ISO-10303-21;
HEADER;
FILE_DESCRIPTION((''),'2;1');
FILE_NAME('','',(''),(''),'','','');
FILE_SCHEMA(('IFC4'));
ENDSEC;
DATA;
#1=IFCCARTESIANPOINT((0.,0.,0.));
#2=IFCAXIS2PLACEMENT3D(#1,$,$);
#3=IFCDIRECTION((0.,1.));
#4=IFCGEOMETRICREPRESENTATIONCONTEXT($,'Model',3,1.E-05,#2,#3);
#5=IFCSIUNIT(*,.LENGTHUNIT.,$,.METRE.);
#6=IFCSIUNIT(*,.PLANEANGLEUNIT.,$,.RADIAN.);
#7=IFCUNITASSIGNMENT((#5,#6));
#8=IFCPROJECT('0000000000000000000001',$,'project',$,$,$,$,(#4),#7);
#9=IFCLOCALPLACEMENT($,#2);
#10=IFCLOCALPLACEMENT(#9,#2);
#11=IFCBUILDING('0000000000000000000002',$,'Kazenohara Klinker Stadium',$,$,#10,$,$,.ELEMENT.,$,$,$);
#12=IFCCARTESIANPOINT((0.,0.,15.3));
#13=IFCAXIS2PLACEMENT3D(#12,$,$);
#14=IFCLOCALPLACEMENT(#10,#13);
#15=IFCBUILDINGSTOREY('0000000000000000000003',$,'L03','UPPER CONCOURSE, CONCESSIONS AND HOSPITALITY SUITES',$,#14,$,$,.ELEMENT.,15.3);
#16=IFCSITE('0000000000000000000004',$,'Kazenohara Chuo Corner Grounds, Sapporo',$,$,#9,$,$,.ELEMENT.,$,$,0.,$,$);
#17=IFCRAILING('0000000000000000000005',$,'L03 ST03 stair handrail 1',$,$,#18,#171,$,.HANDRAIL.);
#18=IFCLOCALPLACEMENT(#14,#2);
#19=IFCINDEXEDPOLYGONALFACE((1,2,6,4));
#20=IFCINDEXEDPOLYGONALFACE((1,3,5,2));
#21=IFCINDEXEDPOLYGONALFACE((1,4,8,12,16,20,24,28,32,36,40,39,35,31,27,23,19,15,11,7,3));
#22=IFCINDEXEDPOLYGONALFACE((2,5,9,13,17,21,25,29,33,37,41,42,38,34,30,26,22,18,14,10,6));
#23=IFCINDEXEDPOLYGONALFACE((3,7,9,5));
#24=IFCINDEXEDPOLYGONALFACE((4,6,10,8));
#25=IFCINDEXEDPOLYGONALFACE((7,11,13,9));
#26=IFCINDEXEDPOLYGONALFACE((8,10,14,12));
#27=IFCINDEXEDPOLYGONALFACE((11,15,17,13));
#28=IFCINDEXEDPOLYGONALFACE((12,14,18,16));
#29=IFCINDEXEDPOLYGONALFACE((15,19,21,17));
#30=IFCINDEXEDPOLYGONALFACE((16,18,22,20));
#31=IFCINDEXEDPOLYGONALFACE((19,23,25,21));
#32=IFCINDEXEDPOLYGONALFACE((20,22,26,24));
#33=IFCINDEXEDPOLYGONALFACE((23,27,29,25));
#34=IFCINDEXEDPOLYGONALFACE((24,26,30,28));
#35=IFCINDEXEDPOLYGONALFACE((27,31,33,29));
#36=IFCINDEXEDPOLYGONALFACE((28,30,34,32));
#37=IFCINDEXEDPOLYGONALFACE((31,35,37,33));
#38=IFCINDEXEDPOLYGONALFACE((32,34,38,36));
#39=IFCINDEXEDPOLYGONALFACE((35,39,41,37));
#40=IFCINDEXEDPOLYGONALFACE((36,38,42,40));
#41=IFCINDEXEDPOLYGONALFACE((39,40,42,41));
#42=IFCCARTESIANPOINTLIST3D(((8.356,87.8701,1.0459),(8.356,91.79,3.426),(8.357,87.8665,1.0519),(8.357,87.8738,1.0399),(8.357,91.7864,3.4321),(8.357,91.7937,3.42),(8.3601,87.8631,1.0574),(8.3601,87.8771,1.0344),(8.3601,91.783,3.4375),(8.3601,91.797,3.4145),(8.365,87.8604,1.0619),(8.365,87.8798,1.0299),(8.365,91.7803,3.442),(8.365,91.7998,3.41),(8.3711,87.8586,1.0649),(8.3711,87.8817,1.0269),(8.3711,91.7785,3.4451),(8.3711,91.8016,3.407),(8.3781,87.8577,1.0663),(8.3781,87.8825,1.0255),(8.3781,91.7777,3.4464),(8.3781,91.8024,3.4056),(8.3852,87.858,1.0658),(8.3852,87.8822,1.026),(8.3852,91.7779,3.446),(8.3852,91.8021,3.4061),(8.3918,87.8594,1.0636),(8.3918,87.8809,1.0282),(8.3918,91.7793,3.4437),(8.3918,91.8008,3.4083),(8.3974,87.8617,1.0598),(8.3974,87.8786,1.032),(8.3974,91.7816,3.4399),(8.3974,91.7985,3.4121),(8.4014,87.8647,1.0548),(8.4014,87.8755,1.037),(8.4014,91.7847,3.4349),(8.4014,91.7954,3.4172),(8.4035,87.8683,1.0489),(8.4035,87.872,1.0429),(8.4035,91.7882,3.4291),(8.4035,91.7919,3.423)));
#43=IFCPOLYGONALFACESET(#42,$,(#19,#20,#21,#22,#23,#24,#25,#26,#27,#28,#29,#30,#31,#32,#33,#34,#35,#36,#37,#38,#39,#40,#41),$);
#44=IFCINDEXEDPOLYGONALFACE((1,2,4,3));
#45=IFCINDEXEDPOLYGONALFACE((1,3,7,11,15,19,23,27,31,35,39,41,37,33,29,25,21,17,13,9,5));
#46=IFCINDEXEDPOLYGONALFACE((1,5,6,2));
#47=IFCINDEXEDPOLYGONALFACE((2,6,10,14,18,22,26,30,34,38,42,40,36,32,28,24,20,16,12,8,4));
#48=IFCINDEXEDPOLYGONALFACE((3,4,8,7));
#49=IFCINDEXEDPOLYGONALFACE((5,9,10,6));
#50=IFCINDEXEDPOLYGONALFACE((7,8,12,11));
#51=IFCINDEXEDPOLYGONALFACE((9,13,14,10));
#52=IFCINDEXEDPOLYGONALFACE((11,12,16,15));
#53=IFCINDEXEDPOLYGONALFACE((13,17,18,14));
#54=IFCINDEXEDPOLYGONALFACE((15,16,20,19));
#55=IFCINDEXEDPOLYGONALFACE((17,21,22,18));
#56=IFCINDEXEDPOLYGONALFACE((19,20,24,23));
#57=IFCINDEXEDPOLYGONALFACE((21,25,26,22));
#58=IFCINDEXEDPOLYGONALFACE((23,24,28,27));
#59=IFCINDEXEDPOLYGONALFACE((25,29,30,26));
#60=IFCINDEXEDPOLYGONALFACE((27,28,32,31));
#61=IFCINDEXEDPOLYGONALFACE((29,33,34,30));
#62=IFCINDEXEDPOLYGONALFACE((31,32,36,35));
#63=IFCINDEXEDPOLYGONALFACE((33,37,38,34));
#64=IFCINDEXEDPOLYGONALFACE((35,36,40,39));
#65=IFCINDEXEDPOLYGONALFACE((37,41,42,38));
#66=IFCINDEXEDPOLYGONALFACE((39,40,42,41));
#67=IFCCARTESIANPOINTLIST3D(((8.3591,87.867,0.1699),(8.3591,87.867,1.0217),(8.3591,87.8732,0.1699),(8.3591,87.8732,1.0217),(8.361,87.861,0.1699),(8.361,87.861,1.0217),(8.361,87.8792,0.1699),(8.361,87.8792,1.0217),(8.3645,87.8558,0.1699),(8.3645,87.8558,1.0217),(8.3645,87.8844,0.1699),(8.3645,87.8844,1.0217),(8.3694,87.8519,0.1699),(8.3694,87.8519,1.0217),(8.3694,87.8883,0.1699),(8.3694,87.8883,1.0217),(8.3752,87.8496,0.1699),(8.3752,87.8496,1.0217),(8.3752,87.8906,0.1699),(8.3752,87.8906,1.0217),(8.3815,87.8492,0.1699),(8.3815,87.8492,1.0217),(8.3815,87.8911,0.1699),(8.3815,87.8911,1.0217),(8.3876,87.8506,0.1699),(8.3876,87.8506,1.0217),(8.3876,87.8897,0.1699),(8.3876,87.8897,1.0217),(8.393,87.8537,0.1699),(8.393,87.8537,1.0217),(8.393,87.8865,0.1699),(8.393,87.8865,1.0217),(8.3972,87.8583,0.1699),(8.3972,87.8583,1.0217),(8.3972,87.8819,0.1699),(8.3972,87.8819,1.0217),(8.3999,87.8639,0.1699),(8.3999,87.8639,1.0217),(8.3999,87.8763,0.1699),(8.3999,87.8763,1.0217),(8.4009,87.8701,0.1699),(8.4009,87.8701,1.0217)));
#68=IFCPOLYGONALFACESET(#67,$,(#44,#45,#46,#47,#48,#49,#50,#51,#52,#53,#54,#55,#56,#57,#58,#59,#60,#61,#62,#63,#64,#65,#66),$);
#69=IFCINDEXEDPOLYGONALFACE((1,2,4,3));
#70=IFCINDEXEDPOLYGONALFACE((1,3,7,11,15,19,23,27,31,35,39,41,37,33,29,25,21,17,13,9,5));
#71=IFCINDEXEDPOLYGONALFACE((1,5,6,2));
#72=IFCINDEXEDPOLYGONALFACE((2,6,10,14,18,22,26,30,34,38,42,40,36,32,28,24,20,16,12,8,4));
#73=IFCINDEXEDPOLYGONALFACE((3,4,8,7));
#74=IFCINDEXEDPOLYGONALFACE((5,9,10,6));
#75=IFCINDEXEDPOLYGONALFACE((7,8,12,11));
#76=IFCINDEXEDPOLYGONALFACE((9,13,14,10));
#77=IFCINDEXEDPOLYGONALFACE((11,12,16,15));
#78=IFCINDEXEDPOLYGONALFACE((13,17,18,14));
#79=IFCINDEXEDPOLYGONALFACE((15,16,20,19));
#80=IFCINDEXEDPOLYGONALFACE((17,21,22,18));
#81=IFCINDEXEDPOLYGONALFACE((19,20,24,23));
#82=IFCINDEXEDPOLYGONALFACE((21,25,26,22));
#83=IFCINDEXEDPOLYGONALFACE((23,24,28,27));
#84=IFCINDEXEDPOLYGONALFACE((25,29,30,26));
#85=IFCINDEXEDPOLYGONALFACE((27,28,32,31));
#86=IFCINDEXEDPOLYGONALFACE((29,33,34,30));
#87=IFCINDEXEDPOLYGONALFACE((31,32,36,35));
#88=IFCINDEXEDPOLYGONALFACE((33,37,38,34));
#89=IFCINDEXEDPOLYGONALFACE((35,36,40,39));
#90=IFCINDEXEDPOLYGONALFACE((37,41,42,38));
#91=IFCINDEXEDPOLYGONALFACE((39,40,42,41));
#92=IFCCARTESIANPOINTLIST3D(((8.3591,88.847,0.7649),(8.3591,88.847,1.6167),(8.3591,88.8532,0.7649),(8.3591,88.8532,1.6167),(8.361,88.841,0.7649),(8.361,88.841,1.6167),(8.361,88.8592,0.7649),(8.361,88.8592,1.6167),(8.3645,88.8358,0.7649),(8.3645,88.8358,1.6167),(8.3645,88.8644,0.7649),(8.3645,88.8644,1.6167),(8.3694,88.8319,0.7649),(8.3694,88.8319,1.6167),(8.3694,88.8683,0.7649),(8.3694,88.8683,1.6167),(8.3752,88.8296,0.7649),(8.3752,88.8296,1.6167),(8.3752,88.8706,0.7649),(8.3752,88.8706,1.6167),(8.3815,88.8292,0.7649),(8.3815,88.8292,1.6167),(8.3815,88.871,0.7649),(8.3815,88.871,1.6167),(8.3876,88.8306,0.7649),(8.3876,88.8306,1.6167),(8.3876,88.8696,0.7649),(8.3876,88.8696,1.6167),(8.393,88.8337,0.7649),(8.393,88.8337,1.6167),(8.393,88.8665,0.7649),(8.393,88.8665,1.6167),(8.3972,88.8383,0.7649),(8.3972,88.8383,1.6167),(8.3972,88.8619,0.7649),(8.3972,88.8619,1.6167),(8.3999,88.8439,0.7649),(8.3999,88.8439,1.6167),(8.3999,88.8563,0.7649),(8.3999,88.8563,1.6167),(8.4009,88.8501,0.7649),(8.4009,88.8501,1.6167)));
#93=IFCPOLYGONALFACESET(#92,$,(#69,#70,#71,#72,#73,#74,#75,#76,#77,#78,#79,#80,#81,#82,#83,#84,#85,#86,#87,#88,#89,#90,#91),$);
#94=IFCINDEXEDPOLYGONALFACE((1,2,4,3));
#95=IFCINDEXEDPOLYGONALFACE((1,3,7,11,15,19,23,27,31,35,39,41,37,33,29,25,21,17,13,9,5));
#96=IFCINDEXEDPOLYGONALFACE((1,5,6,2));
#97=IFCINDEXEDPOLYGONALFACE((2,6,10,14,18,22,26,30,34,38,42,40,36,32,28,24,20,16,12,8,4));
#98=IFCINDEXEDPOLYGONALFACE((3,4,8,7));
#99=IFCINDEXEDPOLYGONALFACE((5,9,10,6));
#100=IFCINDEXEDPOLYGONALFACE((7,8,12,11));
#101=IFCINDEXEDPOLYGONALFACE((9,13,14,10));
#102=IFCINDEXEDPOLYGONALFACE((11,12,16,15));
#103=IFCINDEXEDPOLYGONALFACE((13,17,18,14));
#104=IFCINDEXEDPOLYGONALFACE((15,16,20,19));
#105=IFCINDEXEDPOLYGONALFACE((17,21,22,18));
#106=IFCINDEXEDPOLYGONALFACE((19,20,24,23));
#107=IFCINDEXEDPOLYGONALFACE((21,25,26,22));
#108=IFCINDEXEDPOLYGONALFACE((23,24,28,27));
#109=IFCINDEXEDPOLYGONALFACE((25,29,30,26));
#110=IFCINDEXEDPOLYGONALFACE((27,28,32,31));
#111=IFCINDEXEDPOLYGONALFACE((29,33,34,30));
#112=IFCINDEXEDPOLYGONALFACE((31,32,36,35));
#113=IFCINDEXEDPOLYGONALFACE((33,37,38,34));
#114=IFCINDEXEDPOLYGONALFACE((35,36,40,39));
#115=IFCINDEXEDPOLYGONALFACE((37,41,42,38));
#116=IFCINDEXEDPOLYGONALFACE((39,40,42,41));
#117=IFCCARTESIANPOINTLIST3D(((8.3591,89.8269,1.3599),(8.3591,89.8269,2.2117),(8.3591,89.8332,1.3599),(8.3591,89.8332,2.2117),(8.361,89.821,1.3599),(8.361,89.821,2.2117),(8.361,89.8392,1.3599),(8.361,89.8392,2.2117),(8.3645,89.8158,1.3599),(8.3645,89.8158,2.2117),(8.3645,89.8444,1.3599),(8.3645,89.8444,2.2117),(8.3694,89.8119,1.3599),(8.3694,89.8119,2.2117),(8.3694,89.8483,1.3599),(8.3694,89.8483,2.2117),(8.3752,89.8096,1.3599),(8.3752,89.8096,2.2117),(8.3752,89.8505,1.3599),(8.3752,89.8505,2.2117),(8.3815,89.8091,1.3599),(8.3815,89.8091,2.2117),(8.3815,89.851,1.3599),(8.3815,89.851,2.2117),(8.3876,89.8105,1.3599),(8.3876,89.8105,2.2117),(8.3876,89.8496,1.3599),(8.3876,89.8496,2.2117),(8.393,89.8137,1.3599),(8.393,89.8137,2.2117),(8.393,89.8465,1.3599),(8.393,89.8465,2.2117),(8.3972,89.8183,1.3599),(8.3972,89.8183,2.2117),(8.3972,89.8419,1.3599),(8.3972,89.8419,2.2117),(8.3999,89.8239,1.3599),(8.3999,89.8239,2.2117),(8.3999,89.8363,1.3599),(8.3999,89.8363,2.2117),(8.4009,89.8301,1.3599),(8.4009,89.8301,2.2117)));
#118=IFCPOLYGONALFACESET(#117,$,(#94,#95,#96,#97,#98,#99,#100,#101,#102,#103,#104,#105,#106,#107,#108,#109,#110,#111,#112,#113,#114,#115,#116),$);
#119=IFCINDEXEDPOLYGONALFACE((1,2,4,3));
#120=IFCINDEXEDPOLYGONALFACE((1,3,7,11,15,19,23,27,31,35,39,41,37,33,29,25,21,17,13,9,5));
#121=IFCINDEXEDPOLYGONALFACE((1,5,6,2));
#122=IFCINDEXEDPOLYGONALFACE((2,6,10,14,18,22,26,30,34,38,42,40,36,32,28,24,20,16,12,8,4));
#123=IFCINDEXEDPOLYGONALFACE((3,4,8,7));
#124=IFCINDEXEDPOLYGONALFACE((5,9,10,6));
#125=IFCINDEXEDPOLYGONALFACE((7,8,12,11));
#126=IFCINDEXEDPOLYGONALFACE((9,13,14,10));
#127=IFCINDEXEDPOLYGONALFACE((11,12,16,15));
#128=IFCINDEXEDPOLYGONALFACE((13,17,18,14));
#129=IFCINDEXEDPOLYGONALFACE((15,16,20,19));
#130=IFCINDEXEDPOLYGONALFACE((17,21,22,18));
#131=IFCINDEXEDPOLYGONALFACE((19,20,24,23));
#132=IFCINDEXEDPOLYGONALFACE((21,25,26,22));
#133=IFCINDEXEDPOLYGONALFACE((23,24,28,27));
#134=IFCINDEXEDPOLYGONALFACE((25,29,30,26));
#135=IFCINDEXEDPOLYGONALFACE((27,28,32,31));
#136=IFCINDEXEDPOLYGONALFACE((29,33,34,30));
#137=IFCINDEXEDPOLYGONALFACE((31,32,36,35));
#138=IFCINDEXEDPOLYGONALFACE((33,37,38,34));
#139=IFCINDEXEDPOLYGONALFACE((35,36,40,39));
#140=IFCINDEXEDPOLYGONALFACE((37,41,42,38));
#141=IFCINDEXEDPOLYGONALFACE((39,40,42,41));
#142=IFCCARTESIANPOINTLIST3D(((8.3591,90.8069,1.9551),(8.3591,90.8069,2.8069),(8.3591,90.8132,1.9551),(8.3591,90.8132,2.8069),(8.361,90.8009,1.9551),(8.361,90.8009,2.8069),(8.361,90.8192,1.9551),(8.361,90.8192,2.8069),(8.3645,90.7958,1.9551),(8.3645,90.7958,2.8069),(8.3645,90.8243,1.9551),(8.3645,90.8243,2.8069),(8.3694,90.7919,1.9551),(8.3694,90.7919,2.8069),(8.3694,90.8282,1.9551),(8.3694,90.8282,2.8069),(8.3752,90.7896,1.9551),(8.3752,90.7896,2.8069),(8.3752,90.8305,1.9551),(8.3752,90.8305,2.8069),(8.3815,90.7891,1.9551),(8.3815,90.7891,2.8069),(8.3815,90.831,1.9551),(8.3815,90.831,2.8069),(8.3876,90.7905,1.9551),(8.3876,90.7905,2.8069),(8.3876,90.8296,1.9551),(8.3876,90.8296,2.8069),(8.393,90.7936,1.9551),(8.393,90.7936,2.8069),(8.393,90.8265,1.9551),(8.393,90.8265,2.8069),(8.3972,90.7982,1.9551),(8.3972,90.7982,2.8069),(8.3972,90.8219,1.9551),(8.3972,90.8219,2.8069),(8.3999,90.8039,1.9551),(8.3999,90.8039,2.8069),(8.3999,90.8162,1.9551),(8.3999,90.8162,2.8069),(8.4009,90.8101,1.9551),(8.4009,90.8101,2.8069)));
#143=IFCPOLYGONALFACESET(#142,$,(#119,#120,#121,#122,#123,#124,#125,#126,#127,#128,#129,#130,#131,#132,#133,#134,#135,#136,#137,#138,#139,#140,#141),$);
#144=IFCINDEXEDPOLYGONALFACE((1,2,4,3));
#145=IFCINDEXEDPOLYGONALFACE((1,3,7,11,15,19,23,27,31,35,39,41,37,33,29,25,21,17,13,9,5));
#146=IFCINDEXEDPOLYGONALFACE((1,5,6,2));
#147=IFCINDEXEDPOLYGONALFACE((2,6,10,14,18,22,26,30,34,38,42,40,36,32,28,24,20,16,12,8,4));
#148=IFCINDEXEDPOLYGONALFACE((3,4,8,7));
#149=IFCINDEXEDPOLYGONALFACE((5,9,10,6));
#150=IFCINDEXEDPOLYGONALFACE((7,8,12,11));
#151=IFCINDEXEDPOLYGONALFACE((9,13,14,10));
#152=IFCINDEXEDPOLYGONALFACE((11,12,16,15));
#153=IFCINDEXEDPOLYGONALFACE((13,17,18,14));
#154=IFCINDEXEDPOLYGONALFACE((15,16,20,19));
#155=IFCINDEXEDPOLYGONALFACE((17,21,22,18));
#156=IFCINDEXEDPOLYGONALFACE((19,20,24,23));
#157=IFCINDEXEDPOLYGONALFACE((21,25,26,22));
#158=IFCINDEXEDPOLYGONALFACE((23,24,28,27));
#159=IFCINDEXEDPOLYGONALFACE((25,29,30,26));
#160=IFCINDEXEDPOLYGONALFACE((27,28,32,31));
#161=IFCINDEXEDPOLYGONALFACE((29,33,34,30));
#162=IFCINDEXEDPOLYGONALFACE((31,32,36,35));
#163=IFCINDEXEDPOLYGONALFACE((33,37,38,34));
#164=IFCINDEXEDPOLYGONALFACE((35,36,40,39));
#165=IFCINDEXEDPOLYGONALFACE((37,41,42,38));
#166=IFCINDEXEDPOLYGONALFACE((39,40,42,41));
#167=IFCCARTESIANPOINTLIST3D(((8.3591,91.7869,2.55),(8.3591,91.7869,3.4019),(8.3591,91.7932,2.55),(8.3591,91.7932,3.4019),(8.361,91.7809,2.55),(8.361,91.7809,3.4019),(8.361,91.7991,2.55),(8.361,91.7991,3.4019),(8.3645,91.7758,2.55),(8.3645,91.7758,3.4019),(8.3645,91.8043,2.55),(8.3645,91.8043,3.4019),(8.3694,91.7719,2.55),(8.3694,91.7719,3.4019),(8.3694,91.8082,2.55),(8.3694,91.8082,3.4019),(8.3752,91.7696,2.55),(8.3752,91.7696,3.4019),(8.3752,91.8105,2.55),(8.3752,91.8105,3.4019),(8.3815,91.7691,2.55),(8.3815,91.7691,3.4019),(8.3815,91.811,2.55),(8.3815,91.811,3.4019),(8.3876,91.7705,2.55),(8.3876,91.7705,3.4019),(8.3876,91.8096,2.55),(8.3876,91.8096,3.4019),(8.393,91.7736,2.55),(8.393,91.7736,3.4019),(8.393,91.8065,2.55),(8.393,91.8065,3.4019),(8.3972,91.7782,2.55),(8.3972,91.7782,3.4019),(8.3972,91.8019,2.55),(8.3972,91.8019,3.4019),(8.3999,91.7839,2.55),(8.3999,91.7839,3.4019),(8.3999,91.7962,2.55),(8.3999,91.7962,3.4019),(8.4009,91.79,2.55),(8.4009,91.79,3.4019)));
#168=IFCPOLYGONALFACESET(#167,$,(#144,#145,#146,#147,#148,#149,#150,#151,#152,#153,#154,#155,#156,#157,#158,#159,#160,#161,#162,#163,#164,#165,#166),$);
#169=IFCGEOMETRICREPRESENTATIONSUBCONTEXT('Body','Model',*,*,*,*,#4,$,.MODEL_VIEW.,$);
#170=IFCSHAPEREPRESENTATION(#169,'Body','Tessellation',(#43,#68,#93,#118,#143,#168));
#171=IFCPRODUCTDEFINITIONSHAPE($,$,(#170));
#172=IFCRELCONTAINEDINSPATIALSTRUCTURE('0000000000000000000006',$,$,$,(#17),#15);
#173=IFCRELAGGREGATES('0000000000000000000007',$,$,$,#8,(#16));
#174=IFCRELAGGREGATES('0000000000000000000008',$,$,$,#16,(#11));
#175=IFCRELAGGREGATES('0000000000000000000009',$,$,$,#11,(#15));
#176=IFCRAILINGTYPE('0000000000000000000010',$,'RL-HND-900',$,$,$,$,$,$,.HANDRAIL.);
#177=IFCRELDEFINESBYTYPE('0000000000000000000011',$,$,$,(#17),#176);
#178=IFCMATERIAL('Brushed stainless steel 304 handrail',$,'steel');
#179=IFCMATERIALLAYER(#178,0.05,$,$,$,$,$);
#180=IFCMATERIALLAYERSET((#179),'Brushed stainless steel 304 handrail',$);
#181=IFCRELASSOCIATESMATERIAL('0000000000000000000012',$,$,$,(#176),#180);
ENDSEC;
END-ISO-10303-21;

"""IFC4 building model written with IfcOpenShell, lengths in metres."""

from ifc_helpers import new_model, si_unit, direction, frame, origin, origin_2d, place, context, subcontext, project, spatial, circle, extrude, material, layer, layer_set, type_object, element, save


model = new_model("IFC4")

# Units and contexts
model_context = context("Model", 3, precision=1e-05, world=origin(), true_north=direction((0.0, 1.0)))
body_context = subcontext(model_context, "Body", "Model", "MODEL_VIEW")
ifc_project = project(units=[si_unit("LENGTHUNIT", "METRE"), si_unit("PLANEANGLEUNIT", "RADIAN")], contexts=[model_context])

# Site, building, storey
site_placement = place(None, origin())
site = spatial("IfcSite", under=ifc_project, at=site_placement, Name="Kazenohara Chuo Corner Grounds, Sapporo", CompositionType="ELEMENT", RefElevation=0.0)
building_placement = place(site_placement, origin())
building = spatial("IfcBuilding", under=site, at=building_placement, Name="Kazenohara Klinker Stadium", CompositionType="ELEMENT")
storey_placement = place(building_placement, frame((0.0, 0.0, 15.3)))
storey = spatial("IfcBuildingStorey", under=building, at=storey_placement, Name="L03", Description="UPPER CONCOURSE, CONCESSIONS AND HOSPITALITY SUITES", CompositionType="ELEMENT", Elevation=15.3)

# Railing
ifc_material_1 = material(Name="Brushed stainless steel 304 handrail", Category="steel")
ifc_layer_1 = layer(ifc_material_1, 0.05)
ifc_layer_set_1 = layer_set([ifc_layer_1], Name="Brushed stainless steel 304 handrail")
railing_type_1 = type_object("IfcRailingType", Name="RL-HND-900", PredefinedType="HANDRAIL", material=ifc_layer_set_1)
railing_1_placement = place(storey_placement, frame((8.3799, 87.8701, 0.1699)))
element("IfcRailing", 1, at=railing_1_placement, inside=storey, type_object=railing_type_1, Name="L03 ST03 stair handrail 1", PredefinedType="HANDRAIL", context=body_context, shape_type="SweptSolid", body=[
    extrude(circle(Radius=0.0239, at=origin_2d()), frame((0.0, 0.0, 0.876), z_axis=(0.0, 0.854771, 0.519006), x_axis=(-1.0, 0.0, 0.0)), (0.0, 0.0, 1.0), 4.5859),
    extrude(circle(Radius=0.021, at=origin_2d()), origin(), (0.0, 0.0, 1.0), 0.8518),
    extrude(circle(Radius=0.021, at=origin_2d()), frame((0.0, 0.98, 0.595)), (0.0, 0.0, 1.0), 0.8518),
    extrude(circle(Radius=0.021, at=origin_2d()), frame((0.0, 1.96, 1.1899)), (0.0, 0.0, 1.0), 0.8518),
    extrude(circle(Radius=0.021, at=origin_2d()), frame((0.0, 2.9399, 1.7852)), (0.0, 0.0, 1.0), 0.8518),
    extrude(circle(Radius=0.021, at=origin_2d()), frame((0.0, 3.9199, 2.3801)), (0.0, 0.0, 1.0), 0.8518),
])

save(model, "model.ifc")
